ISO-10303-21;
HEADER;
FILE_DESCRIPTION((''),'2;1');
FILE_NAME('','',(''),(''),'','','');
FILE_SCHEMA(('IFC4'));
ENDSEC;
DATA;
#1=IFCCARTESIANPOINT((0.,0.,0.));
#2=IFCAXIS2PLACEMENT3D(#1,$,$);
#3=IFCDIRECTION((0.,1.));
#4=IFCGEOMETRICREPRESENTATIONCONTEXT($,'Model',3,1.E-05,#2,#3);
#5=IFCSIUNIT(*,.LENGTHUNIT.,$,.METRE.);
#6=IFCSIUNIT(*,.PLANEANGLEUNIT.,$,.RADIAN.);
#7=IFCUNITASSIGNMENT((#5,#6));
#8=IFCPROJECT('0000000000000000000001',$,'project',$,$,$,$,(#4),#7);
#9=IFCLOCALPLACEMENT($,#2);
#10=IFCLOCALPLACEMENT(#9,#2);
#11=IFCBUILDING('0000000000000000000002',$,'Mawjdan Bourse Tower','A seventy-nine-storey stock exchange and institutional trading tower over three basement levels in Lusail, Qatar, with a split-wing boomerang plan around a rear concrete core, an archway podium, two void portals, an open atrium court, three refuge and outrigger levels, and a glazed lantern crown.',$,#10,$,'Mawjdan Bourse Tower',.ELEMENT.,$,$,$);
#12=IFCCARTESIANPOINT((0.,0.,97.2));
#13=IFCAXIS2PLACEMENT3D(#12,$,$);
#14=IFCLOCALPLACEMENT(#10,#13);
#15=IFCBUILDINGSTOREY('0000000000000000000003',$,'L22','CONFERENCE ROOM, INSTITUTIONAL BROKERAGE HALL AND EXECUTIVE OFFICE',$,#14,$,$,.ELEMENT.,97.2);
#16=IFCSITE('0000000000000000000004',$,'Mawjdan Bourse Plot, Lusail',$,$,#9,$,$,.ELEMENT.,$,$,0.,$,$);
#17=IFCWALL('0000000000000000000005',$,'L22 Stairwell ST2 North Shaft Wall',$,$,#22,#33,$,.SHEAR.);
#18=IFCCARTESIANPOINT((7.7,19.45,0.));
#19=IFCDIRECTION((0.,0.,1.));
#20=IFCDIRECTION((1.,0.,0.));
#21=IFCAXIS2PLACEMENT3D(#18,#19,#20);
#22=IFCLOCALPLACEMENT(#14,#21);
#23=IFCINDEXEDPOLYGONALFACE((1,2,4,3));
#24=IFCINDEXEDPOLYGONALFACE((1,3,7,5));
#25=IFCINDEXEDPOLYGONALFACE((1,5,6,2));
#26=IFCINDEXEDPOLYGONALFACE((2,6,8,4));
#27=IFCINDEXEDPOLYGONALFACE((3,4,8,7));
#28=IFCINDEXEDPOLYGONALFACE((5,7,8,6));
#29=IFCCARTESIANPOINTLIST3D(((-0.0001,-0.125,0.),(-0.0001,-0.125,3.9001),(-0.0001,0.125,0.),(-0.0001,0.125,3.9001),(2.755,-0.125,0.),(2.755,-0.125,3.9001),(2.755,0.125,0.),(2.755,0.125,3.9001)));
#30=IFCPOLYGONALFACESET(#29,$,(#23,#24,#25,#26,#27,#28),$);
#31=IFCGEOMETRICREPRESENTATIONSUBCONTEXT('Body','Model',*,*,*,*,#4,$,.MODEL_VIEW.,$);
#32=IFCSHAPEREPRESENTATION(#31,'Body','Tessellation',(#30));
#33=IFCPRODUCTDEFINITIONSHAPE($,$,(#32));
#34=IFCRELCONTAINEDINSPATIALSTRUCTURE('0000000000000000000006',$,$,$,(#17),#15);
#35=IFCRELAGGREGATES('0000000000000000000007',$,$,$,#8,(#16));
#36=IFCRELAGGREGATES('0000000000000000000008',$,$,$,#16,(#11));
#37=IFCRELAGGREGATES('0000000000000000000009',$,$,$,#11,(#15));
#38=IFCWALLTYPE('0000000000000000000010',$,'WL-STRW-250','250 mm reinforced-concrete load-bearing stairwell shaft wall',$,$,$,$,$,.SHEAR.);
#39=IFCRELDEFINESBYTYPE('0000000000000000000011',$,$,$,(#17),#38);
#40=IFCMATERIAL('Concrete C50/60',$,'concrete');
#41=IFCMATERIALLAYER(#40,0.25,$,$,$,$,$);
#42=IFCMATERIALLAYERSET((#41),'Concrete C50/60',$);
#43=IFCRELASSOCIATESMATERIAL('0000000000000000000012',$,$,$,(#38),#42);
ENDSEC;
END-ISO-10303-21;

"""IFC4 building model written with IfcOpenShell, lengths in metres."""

from ifc_helpers import new_model, si_unit, direction, frame, frame_2d, origin, place, context, subcontext, project, spatial, rectangle, extrude, material, layer, layer_set, type_object, element, save


model = new_model("IFC4")

# Units and contexts
model_context = context("Model", 3, precision=1e-05, world=origin(), true_north=direction((0.0, 1.0)))
body_context = subcontext(model_context, "Body", "Model", "MODEL_VIEW")
ifc_project = project(units=[si_unit("LENGTHUNIT", "METRE"), si_unit("PLANEANGLEUNIT", "RADIAN")], contexts=[model_context])

# Site, building, storey
site_placement = place(None, origin())
site = spatial("IfcSite", under=ifc_project, at=site_placement, Name="Mawjdan Bourse Plot, Lusail", CompositionType="ELEMENT", RefElevation=0.0)
building_placement = place(site_placement, origin())
building = spatial("IfcBuilding", under=site, at=building_placement, Name="Mawjdan Bourse Tower", Description="A seventy-nine-storey stock exchange and institutional trading tower over three basement levels in Lusail, Qatar, with a split-wing boomerang plan around a rear concrete core, an archway podium, two void portals, an open atrium court, three refuge and outrigger levels, and a glazed lantern crown.", LongName="Mawjdan Bourse Tower", CompositionType="ELEMENT")
storey_placement = place(building_placement, frame((0.0, 0.0, 97.2)))
storey = spatial("IfcBuildingStorey", under=building, at=storey_placement, Name="L22", Description="CONFERENCE ROOM, INSTITUTIONAL BROKERAGE HALL AND EXECUTIVE OFFICE", CompositionType="ELEMENT", Elevation=97.2)

# Shared definitions
ifc_material_1 = material(Name="Concrete C50/60", Category="concrete")

# Wall
ifc_layer_1 = layer(ifc_material_1, 0.25)
ifc_layer_set_1 = layer_set([ifc_layer_1], Name="Concrete C50/60")
wall_type_1 = type_object("IfcWallType", Name="WL-STRW-250", Description="250 mm reinforced-concrete load-bearing stairwell shaft wall", PredefinedType="SHEAR", material=ifc_layer_set_1)
wall_1_placement = place(storey_placement, frame((7.7, 19.45, 0.0), z_axis=(0.0, 0.0, 1.0), x_axis=(1.0, 0.0, 0.0)))
element("IfcWall", 1, at=wall_1_placement, inside=storey, type_object=wall_type_1, Name="L22 Stairwell ST2 North Shaft Wall", PredefinedType="SHEAR", context=body_context, shape_type="SweptSolid", body=[
    extrude(rectangle(XDim=2.7551, YDim=0.25, at=frame_2d((1.3774, 0.0))), origin(), (0.0, 0.0, 1.0), 3.9001),
])

save(model, "model.ifc")
